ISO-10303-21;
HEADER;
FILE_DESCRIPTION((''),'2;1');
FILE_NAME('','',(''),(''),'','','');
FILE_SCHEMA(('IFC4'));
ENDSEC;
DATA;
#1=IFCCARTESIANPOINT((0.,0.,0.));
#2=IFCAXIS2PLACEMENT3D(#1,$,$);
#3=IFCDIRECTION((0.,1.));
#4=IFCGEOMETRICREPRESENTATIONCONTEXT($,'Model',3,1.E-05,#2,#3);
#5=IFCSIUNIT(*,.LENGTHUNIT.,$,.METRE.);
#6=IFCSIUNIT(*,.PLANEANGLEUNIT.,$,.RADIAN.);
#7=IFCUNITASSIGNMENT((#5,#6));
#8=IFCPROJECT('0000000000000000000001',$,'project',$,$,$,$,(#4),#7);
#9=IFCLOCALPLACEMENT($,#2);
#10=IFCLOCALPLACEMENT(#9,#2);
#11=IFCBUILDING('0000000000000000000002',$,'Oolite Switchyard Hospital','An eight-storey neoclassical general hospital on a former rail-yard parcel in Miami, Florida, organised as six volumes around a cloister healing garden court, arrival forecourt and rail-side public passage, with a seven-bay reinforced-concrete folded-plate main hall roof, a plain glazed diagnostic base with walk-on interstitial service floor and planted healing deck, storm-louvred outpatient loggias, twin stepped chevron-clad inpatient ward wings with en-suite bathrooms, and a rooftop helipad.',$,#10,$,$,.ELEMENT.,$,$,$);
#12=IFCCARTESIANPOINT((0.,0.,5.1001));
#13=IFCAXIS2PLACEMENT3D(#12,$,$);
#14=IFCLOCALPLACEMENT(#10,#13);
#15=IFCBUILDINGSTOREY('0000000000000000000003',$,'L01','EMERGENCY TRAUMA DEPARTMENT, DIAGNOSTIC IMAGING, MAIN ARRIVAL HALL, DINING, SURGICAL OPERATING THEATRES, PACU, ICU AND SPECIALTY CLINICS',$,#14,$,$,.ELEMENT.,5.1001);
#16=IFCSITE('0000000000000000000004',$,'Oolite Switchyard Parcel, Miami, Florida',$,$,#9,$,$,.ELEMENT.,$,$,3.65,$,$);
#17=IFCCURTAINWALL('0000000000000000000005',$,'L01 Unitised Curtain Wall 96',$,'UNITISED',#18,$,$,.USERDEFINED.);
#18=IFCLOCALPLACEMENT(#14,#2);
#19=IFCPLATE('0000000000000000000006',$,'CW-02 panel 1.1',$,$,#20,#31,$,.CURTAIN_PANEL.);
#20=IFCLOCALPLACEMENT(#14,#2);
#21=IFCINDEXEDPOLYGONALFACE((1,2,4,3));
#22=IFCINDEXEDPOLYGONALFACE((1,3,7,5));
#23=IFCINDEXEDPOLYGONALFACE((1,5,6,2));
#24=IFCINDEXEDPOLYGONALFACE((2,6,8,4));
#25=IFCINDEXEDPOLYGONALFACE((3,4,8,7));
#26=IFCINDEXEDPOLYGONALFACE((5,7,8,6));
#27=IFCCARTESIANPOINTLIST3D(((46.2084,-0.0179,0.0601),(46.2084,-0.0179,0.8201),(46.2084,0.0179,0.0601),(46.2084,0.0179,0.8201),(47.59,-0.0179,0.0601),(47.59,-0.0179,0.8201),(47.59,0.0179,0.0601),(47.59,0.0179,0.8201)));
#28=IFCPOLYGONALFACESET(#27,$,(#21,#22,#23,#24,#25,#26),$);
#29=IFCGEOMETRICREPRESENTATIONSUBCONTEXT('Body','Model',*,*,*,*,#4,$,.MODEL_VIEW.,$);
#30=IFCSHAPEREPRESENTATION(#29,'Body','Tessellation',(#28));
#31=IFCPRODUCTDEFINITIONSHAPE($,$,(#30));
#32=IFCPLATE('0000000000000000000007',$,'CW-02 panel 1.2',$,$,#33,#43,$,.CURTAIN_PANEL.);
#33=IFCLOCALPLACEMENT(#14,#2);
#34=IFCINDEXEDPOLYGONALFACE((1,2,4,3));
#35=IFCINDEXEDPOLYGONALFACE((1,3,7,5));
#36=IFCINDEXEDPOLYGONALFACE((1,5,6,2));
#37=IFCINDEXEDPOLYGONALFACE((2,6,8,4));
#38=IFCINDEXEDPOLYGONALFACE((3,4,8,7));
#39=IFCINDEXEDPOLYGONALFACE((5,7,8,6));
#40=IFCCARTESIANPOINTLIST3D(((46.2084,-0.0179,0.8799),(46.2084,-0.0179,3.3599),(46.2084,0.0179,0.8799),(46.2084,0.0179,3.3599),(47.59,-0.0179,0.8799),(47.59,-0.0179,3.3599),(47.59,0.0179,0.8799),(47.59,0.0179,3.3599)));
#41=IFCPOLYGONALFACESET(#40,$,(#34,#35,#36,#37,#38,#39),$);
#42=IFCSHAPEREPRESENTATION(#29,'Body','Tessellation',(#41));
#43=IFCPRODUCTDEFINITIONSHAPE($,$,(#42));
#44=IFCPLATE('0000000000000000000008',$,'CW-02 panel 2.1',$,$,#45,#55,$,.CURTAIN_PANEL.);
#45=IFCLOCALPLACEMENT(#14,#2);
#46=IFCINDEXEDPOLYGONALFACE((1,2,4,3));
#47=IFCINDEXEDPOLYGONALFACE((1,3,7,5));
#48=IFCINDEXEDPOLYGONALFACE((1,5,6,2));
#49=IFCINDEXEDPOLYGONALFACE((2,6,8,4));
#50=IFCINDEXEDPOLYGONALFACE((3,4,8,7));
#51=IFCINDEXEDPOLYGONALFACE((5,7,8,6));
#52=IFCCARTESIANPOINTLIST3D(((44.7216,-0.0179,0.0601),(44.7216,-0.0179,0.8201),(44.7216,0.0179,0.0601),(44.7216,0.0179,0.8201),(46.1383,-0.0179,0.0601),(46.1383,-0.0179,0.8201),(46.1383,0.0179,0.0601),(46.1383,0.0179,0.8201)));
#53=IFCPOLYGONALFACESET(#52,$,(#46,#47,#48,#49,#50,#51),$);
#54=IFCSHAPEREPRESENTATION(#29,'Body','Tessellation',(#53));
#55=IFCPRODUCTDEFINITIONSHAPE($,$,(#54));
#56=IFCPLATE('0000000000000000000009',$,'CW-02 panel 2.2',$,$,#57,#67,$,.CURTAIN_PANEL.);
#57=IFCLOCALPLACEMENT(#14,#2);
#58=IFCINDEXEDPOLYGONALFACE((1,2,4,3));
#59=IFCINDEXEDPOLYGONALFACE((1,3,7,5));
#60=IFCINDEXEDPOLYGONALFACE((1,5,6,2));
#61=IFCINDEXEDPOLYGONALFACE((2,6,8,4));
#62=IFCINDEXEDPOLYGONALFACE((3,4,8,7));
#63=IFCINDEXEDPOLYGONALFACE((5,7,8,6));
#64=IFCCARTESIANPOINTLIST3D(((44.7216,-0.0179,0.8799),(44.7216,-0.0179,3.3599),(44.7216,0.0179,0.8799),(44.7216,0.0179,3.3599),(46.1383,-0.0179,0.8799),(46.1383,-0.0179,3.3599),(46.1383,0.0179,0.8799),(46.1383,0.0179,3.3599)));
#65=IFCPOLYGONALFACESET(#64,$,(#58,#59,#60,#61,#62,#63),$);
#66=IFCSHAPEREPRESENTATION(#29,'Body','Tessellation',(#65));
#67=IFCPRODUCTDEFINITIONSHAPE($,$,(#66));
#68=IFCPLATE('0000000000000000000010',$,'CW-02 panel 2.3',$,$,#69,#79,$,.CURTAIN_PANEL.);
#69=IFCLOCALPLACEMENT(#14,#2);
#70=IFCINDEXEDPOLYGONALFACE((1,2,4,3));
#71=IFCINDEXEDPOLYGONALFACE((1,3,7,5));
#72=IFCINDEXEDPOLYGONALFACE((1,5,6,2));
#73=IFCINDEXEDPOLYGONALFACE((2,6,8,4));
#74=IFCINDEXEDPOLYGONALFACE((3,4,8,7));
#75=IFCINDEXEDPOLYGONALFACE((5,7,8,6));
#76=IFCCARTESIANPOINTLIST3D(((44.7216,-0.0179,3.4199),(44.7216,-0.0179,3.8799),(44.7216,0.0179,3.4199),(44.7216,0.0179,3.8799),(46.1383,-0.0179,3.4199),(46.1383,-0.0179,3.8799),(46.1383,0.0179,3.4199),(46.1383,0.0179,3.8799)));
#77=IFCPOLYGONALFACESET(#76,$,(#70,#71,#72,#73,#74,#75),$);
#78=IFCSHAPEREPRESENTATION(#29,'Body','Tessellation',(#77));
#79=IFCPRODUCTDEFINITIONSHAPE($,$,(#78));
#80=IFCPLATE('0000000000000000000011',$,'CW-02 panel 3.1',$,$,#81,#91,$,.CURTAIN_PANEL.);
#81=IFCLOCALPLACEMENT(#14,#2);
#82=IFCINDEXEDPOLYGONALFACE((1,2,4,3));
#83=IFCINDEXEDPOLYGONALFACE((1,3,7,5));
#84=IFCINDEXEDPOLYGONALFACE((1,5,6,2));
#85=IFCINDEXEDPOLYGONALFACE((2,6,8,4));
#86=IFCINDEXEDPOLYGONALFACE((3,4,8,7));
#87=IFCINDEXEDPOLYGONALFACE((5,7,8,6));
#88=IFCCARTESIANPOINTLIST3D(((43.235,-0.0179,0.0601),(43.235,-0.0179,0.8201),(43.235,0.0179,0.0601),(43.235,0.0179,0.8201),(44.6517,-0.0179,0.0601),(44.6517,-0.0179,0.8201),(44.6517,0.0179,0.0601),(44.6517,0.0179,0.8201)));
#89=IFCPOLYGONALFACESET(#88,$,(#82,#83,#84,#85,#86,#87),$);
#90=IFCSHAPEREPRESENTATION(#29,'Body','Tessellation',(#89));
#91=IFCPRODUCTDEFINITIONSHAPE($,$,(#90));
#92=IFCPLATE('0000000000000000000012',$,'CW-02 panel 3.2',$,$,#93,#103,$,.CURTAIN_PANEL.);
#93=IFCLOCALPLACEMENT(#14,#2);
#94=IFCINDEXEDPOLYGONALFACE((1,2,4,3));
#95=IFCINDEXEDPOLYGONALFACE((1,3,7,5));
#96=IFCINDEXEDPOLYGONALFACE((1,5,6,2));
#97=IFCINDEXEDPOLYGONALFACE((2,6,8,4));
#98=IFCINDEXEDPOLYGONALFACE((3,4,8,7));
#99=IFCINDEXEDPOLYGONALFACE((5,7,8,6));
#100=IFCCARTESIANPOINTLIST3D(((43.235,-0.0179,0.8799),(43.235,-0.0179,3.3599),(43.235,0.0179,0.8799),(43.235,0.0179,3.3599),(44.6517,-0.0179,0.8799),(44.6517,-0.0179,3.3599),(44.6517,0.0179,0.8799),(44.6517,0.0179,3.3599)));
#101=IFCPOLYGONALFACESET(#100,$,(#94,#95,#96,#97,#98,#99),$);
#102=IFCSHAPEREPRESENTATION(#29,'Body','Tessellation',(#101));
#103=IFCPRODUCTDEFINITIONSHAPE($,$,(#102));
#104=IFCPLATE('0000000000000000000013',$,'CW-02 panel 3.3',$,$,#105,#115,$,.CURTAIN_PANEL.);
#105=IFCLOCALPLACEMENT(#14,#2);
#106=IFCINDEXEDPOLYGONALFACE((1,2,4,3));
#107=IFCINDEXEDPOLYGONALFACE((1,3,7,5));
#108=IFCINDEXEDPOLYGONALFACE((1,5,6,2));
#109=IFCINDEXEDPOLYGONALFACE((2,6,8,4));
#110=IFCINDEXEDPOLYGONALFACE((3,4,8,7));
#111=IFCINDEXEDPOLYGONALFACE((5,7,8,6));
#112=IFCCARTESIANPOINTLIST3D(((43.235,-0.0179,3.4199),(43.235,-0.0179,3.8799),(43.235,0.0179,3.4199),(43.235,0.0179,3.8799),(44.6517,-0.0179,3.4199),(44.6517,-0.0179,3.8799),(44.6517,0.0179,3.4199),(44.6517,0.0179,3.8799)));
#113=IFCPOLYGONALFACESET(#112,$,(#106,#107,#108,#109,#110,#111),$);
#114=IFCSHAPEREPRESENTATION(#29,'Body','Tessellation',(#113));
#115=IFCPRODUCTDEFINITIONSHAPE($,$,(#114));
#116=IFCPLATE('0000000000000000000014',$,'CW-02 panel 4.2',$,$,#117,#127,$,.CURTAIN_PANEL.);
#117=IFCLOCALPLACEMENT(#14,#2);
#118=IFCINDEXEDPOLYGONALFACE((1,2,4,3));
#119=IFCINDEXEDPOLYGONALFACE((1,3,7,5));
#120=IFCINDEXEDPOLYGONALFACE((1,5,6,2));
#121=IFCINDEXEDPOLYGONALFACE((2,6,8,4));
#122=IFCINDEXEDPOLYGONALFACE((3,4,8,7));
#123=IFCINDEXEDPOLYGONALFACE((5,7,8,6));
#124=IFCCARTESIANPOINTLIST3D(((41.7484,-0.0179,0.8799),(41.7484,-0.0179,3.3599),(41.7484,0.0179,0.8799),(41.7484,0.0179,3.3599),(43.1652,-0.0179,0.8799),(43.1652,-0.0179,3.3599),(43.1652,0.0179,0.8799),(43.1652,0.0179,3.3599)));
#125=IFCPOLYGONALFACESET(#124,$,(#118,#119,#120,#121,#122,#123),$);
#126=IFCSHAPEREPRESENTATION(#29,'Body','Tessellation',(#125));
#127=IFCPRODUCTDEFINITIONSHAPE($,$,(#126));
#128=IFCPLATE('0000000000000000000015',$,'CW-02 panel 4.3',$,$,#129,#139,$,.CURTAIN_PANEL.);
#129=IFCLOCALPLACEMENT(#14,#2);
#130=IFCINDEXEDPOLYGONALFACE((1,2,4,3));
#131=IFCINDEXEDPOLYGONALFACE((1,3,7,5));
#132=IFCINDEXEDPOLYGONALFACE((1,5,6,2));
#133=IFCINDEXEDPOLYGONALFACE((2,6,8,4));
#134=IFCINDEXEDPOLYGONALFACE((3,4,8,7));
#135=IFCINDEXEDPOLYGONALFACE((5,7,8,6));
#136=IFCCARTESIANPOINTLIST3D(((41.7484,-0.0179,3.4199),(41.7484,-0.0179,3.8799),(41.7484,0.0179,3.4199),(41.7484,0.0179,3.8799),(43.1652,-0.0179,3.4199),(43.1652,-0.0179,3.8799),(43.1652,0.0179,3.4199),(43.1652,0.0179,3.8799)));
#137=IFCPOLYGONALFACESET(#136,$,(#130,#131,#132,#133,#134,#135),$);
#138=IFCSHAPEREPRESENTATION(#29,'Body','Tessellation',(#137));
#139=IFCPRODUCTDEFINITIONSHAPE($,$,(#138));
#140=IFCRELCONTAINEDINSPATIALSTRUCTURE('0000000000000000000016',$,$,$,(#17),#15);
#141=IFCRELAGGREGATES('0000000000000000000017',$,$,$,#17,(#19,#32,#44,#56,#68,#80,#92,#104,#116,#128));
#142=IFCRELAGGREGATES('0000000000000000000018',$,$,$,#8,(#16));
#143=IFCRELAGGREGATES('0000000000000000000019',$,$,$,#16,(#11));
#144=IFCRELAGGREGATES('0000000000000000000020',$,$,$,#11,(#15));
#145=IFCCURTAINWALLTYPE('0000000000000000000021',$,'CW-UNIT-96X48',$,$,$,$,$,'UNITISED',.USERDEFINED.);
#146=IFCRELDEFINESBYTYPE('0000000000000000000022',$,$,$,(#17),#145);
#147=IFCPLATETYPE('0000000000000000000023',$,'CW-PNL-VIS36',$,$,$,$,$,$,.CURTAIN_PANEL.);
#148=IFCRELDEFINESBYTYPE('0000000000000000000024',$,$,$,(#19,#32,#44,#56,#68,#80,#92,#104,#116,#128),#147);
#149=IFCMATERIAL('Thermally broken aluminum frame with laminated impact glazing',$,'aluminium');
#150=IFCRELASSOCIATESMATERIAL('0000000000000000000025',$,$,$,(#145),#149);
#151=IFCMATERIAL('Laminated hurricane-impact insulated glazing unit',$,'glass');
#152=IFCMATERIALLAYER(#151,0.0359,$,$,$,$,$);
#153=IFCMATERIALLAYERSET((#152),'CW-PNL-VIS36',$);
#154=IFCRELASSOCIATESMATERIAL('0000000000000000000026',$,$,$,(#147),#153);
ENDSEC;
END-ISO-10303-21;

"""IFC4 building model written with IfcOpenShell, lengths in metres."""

from ifc_helpers import new_model, si_unit, direction, frame, origin, origin_2d, place, context, subcontext, project, spatial, rectangle, extrude, material, layer, layer_set, type_object, element, aggregate, save


model = new_model("IFC4")

# Units and contexts
model_context = context("Model", 3, precision=1e-05, world=origin(), true_north=direction((0.0, 1.0)))
body_context = subcontext(model_context, "Body", "Model", "MODEL_VIEW")
ifc_project = project(units=[si_unit("LENGTHUNIT", "METRE"), si_unit("PLANEANGLEUNIT", "RADIAN")], contexts=[model_context])

# Site, building, storey
site_placement = place(None, origin())
site = spatial("IfcSite", under=ifc_project, at=site_placement, Name="Oolite Switchyard Parcel, Miami, Florida", CompositionType="ELEMENT", RefElevation=3.65)
building_placement = place(site_placement, origin())
building = spatial("IfcBuilding", under=site, at=building_placement, Name="Oolite Switchyard Hospital", Description="An eight-storey neoclassical general hospital on a former rail-yard parcel in Miami, Florida, organised as six volumes around a cloister healing garden court, arrival forecourt and rail-side public passage, with a seven-bay reinforced-concrete folded-plate main hall roof, a plain glazed diagnostic base with walk-on interstitial service floor and planted healing deck, storm-louvred outpatient loggias, twin stepped chevron-clad inpatient ward wings with en-suite bathrooms, and a rooftop helipad.", CompositionType="ELEMENT")
storey_placement = place(building_placement, frame((0.0, 0.0, 5.1001)))
storey = spatial("IfcBuildingStorey", under=building, at=storey_placement, Name="L01", Description="EMERGENCY TRAUMA DEPARTMENT, DIAGNOSTIC IMAGING, MAIN ARRIVAL HALL, DINING, SURGICAL OPERATING THEATRES, PACU, ICU AND SPECIALTY CLINICS", CompositionType="ELEMENT", Elevation=5.1001)

# Curtain wall, plates
ifc_material_1 = material(Name="Thermally broken aluminum frame with laminated impact glazing", Category="aluminium")
curtain_wall_type = type_object("IfcCurtainWallType", Name="CW-UNIT-96X48", ElementType="UNITISED", PredefinedType="USERDEFINED", material=ifc_material_1)
curtain_wall_placement = place(storey_placement, origin())
curtain_wall = element("IfcCurtainWall", 1, at=curtain_wall_placement, inside=storey, type_object=curtain_wall_type, Name="L01 Unitised Curtain Wall 96", ObjectType="UNITISED", PredefinedType="USERDEFINED")
ifc_material_2 = material(Name="Laminated hurricane-impact insulated glazing unit", Category="glass")
ifc_layer = layer(ifc_material_2, 0.0359)
ifc_layer_set = layer_set([ifc_layer], Name="CW-PNL-VIS36")
plate_type = type_object("IfcPlateType", Name="CW-PNL-VIS36", PredefinedType="CURTAIN_PANEL", material=ifc_layer_set)
plate_1_placement = place(storey_placement, frame((46.8992, 0.0, 0.0601), z_axis=(0.0, 0.0, 1.0), x_axis=(-1.0, 0.0, 0.0)))
plate_1 = element("IfcPlate", 2, at=plate_1_placement, type_object=plate_type, Name="CW-02 panel 1.1", PredefinedType="CURTAIN_PANEL", context=body_context, shape_type="SweptSolid", body=[
    extrude(rectangle(XDim=1.3816, YDim=0.0359, at=origin_2d()), origin(), (0.0, 0.0, 1.0), 0.76),
])
plate_2_placement = place(storey_placement, frame((46.8992, 0.0, 0.8799), z_axis=(0.0, 0.0, 1.0), x_axis=(-1.0, 0.0, 0.0)))
plate_2 = element("IfcPlate", 3, at=plate_2_placement, type_object=plate_type, Name="CW-02 panel 1.2", PredefinedType="CURTAIN_PANEL", context=body_context, shape_type="SweptSolid", body=[
    extrude(rectangle(XDim=1.3816, YDim=0.0359, at=origin_2d()), origin(), (0.0, 0.0, 1.0), 2.48),
])
plate_3_placement = place(storey_placement, frame((45.4299, 0.0, 0.0601), z_axis=(0.0, 0.0, 1.0), x_axis=(-1.0, 0.0, 0.0)))
plate_3 = element("IfcPlate", 4, at=plate_3_placement, type_object=plate_type, Name="CW-02 panel 2.1", PredefinedType="CURTAIN_PANEL", context=body_context, shape_type="SweptSolid", body=[
    extrude(rectangle(XDim=1.4167, YDim=0.0359, at=origin_2d()), origin(), (0.0, 0.0, 1.0), 0.76),
])
plate_4_placement = place(storey_placement, frame((45.4299, 0.0, 0.8799), z_axis=(0.0, 0.0, 1.0), x_axis=(-1.0, 0.0, 0.0)))
plate_4 = element("IfcPlate", 5, at=plate_4_placement, type_object=plate_type, Name="CW-02 panel 2.2", PredefinedType="CURTAIN_PANEL", context=body_context, shape_type="SweptSolid", body=[
    extrude(rectangle(XDim=1.4167, YDim=0.0359, at=origin_2d()), origin(), (0.0, 0.0, 1.0), 2.48),
])
plate_5_placement = place(storey_placement, frame((45.4299, 0.0, 3.4199), z_axis=(0.0, 0.0, 1.0), x_axis=(-1.0, 0.0, 0.0)))
plate_5 = element("IfcPlate", 6, at=plate_5_placement, type_object=plate_type, Name="CW-02 panel 2.3", PredefinedType="CURTAIN_PANEL", context=body_context, shape_type="SweptSolid", body=[
    extrude(rectangle(XDim=1.4167, YDim=0.0359, at=origin_2d()), origin(), (0.0, 0.0, 1.0), 0.46),
])
plate_6_placement = place(storey_placement, frame((43.9434, 0.0, 0.0601), z_axis=(0.0, 0.0, 1.0), x_axis=(-1.0, 0.0, 0.0)))
plate_6 = element("IfcPlate", 7, at=plate_6_placement, type_object=plate_type, Name="CW-02 panel 3.1", PredefinedType="CURTAIN_PANEL", context=body_context, shape_type="SweptSolid", body=[
    extrude(rectangle(XDim=1.4167, YDim=0.0359, at=origin_2d()), origin(), (0.0, 0.0, 1.0), 0.76),
])
plate_7_placement = place(storey_placement, frame((43.9434, 0.0, 0.8799), z_axis=(0.0, 0.0, 1.0), x_axis=(-1.0, 0.0, 0.0)))
plate_7 = element("IfcPlate", 8, at=plate_7_placement, type_object=plate_type, Name="CW-02 panel 3.2", PredefinedType="CURTAIN_PANEL", context=body_context, shape_type="SweptSolid", body=[
    extrude(rectangle(XDim=1.4167, YDim=0.0359, at=origin_2d()), origin(), (0.0, 0.0, 1.0), 2.48),
])
plate_8_placement = place(storey_placement, frame((43.9434, 0.0, 3.4199), z_axis=(0.0, 0.0, 1.0), x_axis=(-1.0, 0.0, 0.0)))
plate_8 = element("IfcPlate", 9, at=plate_8_placement, type_object=plate_type, Name="CW-02 panel 3.3", PredefinedType="CURTAIN_PANEL", context=body_context, shape_type="SweptSolid", body=[
    extrude(rectangle(XDim=1.4167, YDim=0.0359, at=origin_2d()), origin(), (0.0, 0.0, 1.0), 0.46),
])
plate_9_placement = place(storey_placement, frame((42.4568, 0.0, 0.8799), z_axis=(0.0, 0.0, 1.0), x_axis=(-1.0, 0.0, 0.0)))
plate_9 = element("IfcPlate", 10, at=plate_9_placement, type_object=plate_type, Name="CW-02 panel 4.2", PredefinedType="CURTAIN_PANEL", context=body_context, shape_type="SweptSolid", body=[
    extrude(rectangle(XDim=1.4167, YDim=0.0359, at=origin_2d()), origin(), (0.0, 0.0, 1.0), 2.48),
])
plate_10_placement = place(storey_placement, frame((42.4568, 0.0, 3.4199), z_axis=(0.0, 0.0, 1.0), x_axis=(-1.0, 0.0, 0.0)))
plate_10 = element("IfcPlate", 11, at=plate_10_placement, type_object=plate_type, Name="CW-02 panel 4.3", PredefinedType="CURTAIN_PANEL", context=body_context, shape_type="SweptSolid", body=[
    extrude(rectangle(XDim=1.4167, YDim=0.0359, at=origin_2d()), origin(), (0.0, 0.0, 1.0), 0.46),
])
aggregate(curtain_wall, [plate_1, plate_2, plate_3, plate_4, plate_5, plate_6, plate_7, plate_8, plate_9, plate_10])

save(model, "model.ifc")
